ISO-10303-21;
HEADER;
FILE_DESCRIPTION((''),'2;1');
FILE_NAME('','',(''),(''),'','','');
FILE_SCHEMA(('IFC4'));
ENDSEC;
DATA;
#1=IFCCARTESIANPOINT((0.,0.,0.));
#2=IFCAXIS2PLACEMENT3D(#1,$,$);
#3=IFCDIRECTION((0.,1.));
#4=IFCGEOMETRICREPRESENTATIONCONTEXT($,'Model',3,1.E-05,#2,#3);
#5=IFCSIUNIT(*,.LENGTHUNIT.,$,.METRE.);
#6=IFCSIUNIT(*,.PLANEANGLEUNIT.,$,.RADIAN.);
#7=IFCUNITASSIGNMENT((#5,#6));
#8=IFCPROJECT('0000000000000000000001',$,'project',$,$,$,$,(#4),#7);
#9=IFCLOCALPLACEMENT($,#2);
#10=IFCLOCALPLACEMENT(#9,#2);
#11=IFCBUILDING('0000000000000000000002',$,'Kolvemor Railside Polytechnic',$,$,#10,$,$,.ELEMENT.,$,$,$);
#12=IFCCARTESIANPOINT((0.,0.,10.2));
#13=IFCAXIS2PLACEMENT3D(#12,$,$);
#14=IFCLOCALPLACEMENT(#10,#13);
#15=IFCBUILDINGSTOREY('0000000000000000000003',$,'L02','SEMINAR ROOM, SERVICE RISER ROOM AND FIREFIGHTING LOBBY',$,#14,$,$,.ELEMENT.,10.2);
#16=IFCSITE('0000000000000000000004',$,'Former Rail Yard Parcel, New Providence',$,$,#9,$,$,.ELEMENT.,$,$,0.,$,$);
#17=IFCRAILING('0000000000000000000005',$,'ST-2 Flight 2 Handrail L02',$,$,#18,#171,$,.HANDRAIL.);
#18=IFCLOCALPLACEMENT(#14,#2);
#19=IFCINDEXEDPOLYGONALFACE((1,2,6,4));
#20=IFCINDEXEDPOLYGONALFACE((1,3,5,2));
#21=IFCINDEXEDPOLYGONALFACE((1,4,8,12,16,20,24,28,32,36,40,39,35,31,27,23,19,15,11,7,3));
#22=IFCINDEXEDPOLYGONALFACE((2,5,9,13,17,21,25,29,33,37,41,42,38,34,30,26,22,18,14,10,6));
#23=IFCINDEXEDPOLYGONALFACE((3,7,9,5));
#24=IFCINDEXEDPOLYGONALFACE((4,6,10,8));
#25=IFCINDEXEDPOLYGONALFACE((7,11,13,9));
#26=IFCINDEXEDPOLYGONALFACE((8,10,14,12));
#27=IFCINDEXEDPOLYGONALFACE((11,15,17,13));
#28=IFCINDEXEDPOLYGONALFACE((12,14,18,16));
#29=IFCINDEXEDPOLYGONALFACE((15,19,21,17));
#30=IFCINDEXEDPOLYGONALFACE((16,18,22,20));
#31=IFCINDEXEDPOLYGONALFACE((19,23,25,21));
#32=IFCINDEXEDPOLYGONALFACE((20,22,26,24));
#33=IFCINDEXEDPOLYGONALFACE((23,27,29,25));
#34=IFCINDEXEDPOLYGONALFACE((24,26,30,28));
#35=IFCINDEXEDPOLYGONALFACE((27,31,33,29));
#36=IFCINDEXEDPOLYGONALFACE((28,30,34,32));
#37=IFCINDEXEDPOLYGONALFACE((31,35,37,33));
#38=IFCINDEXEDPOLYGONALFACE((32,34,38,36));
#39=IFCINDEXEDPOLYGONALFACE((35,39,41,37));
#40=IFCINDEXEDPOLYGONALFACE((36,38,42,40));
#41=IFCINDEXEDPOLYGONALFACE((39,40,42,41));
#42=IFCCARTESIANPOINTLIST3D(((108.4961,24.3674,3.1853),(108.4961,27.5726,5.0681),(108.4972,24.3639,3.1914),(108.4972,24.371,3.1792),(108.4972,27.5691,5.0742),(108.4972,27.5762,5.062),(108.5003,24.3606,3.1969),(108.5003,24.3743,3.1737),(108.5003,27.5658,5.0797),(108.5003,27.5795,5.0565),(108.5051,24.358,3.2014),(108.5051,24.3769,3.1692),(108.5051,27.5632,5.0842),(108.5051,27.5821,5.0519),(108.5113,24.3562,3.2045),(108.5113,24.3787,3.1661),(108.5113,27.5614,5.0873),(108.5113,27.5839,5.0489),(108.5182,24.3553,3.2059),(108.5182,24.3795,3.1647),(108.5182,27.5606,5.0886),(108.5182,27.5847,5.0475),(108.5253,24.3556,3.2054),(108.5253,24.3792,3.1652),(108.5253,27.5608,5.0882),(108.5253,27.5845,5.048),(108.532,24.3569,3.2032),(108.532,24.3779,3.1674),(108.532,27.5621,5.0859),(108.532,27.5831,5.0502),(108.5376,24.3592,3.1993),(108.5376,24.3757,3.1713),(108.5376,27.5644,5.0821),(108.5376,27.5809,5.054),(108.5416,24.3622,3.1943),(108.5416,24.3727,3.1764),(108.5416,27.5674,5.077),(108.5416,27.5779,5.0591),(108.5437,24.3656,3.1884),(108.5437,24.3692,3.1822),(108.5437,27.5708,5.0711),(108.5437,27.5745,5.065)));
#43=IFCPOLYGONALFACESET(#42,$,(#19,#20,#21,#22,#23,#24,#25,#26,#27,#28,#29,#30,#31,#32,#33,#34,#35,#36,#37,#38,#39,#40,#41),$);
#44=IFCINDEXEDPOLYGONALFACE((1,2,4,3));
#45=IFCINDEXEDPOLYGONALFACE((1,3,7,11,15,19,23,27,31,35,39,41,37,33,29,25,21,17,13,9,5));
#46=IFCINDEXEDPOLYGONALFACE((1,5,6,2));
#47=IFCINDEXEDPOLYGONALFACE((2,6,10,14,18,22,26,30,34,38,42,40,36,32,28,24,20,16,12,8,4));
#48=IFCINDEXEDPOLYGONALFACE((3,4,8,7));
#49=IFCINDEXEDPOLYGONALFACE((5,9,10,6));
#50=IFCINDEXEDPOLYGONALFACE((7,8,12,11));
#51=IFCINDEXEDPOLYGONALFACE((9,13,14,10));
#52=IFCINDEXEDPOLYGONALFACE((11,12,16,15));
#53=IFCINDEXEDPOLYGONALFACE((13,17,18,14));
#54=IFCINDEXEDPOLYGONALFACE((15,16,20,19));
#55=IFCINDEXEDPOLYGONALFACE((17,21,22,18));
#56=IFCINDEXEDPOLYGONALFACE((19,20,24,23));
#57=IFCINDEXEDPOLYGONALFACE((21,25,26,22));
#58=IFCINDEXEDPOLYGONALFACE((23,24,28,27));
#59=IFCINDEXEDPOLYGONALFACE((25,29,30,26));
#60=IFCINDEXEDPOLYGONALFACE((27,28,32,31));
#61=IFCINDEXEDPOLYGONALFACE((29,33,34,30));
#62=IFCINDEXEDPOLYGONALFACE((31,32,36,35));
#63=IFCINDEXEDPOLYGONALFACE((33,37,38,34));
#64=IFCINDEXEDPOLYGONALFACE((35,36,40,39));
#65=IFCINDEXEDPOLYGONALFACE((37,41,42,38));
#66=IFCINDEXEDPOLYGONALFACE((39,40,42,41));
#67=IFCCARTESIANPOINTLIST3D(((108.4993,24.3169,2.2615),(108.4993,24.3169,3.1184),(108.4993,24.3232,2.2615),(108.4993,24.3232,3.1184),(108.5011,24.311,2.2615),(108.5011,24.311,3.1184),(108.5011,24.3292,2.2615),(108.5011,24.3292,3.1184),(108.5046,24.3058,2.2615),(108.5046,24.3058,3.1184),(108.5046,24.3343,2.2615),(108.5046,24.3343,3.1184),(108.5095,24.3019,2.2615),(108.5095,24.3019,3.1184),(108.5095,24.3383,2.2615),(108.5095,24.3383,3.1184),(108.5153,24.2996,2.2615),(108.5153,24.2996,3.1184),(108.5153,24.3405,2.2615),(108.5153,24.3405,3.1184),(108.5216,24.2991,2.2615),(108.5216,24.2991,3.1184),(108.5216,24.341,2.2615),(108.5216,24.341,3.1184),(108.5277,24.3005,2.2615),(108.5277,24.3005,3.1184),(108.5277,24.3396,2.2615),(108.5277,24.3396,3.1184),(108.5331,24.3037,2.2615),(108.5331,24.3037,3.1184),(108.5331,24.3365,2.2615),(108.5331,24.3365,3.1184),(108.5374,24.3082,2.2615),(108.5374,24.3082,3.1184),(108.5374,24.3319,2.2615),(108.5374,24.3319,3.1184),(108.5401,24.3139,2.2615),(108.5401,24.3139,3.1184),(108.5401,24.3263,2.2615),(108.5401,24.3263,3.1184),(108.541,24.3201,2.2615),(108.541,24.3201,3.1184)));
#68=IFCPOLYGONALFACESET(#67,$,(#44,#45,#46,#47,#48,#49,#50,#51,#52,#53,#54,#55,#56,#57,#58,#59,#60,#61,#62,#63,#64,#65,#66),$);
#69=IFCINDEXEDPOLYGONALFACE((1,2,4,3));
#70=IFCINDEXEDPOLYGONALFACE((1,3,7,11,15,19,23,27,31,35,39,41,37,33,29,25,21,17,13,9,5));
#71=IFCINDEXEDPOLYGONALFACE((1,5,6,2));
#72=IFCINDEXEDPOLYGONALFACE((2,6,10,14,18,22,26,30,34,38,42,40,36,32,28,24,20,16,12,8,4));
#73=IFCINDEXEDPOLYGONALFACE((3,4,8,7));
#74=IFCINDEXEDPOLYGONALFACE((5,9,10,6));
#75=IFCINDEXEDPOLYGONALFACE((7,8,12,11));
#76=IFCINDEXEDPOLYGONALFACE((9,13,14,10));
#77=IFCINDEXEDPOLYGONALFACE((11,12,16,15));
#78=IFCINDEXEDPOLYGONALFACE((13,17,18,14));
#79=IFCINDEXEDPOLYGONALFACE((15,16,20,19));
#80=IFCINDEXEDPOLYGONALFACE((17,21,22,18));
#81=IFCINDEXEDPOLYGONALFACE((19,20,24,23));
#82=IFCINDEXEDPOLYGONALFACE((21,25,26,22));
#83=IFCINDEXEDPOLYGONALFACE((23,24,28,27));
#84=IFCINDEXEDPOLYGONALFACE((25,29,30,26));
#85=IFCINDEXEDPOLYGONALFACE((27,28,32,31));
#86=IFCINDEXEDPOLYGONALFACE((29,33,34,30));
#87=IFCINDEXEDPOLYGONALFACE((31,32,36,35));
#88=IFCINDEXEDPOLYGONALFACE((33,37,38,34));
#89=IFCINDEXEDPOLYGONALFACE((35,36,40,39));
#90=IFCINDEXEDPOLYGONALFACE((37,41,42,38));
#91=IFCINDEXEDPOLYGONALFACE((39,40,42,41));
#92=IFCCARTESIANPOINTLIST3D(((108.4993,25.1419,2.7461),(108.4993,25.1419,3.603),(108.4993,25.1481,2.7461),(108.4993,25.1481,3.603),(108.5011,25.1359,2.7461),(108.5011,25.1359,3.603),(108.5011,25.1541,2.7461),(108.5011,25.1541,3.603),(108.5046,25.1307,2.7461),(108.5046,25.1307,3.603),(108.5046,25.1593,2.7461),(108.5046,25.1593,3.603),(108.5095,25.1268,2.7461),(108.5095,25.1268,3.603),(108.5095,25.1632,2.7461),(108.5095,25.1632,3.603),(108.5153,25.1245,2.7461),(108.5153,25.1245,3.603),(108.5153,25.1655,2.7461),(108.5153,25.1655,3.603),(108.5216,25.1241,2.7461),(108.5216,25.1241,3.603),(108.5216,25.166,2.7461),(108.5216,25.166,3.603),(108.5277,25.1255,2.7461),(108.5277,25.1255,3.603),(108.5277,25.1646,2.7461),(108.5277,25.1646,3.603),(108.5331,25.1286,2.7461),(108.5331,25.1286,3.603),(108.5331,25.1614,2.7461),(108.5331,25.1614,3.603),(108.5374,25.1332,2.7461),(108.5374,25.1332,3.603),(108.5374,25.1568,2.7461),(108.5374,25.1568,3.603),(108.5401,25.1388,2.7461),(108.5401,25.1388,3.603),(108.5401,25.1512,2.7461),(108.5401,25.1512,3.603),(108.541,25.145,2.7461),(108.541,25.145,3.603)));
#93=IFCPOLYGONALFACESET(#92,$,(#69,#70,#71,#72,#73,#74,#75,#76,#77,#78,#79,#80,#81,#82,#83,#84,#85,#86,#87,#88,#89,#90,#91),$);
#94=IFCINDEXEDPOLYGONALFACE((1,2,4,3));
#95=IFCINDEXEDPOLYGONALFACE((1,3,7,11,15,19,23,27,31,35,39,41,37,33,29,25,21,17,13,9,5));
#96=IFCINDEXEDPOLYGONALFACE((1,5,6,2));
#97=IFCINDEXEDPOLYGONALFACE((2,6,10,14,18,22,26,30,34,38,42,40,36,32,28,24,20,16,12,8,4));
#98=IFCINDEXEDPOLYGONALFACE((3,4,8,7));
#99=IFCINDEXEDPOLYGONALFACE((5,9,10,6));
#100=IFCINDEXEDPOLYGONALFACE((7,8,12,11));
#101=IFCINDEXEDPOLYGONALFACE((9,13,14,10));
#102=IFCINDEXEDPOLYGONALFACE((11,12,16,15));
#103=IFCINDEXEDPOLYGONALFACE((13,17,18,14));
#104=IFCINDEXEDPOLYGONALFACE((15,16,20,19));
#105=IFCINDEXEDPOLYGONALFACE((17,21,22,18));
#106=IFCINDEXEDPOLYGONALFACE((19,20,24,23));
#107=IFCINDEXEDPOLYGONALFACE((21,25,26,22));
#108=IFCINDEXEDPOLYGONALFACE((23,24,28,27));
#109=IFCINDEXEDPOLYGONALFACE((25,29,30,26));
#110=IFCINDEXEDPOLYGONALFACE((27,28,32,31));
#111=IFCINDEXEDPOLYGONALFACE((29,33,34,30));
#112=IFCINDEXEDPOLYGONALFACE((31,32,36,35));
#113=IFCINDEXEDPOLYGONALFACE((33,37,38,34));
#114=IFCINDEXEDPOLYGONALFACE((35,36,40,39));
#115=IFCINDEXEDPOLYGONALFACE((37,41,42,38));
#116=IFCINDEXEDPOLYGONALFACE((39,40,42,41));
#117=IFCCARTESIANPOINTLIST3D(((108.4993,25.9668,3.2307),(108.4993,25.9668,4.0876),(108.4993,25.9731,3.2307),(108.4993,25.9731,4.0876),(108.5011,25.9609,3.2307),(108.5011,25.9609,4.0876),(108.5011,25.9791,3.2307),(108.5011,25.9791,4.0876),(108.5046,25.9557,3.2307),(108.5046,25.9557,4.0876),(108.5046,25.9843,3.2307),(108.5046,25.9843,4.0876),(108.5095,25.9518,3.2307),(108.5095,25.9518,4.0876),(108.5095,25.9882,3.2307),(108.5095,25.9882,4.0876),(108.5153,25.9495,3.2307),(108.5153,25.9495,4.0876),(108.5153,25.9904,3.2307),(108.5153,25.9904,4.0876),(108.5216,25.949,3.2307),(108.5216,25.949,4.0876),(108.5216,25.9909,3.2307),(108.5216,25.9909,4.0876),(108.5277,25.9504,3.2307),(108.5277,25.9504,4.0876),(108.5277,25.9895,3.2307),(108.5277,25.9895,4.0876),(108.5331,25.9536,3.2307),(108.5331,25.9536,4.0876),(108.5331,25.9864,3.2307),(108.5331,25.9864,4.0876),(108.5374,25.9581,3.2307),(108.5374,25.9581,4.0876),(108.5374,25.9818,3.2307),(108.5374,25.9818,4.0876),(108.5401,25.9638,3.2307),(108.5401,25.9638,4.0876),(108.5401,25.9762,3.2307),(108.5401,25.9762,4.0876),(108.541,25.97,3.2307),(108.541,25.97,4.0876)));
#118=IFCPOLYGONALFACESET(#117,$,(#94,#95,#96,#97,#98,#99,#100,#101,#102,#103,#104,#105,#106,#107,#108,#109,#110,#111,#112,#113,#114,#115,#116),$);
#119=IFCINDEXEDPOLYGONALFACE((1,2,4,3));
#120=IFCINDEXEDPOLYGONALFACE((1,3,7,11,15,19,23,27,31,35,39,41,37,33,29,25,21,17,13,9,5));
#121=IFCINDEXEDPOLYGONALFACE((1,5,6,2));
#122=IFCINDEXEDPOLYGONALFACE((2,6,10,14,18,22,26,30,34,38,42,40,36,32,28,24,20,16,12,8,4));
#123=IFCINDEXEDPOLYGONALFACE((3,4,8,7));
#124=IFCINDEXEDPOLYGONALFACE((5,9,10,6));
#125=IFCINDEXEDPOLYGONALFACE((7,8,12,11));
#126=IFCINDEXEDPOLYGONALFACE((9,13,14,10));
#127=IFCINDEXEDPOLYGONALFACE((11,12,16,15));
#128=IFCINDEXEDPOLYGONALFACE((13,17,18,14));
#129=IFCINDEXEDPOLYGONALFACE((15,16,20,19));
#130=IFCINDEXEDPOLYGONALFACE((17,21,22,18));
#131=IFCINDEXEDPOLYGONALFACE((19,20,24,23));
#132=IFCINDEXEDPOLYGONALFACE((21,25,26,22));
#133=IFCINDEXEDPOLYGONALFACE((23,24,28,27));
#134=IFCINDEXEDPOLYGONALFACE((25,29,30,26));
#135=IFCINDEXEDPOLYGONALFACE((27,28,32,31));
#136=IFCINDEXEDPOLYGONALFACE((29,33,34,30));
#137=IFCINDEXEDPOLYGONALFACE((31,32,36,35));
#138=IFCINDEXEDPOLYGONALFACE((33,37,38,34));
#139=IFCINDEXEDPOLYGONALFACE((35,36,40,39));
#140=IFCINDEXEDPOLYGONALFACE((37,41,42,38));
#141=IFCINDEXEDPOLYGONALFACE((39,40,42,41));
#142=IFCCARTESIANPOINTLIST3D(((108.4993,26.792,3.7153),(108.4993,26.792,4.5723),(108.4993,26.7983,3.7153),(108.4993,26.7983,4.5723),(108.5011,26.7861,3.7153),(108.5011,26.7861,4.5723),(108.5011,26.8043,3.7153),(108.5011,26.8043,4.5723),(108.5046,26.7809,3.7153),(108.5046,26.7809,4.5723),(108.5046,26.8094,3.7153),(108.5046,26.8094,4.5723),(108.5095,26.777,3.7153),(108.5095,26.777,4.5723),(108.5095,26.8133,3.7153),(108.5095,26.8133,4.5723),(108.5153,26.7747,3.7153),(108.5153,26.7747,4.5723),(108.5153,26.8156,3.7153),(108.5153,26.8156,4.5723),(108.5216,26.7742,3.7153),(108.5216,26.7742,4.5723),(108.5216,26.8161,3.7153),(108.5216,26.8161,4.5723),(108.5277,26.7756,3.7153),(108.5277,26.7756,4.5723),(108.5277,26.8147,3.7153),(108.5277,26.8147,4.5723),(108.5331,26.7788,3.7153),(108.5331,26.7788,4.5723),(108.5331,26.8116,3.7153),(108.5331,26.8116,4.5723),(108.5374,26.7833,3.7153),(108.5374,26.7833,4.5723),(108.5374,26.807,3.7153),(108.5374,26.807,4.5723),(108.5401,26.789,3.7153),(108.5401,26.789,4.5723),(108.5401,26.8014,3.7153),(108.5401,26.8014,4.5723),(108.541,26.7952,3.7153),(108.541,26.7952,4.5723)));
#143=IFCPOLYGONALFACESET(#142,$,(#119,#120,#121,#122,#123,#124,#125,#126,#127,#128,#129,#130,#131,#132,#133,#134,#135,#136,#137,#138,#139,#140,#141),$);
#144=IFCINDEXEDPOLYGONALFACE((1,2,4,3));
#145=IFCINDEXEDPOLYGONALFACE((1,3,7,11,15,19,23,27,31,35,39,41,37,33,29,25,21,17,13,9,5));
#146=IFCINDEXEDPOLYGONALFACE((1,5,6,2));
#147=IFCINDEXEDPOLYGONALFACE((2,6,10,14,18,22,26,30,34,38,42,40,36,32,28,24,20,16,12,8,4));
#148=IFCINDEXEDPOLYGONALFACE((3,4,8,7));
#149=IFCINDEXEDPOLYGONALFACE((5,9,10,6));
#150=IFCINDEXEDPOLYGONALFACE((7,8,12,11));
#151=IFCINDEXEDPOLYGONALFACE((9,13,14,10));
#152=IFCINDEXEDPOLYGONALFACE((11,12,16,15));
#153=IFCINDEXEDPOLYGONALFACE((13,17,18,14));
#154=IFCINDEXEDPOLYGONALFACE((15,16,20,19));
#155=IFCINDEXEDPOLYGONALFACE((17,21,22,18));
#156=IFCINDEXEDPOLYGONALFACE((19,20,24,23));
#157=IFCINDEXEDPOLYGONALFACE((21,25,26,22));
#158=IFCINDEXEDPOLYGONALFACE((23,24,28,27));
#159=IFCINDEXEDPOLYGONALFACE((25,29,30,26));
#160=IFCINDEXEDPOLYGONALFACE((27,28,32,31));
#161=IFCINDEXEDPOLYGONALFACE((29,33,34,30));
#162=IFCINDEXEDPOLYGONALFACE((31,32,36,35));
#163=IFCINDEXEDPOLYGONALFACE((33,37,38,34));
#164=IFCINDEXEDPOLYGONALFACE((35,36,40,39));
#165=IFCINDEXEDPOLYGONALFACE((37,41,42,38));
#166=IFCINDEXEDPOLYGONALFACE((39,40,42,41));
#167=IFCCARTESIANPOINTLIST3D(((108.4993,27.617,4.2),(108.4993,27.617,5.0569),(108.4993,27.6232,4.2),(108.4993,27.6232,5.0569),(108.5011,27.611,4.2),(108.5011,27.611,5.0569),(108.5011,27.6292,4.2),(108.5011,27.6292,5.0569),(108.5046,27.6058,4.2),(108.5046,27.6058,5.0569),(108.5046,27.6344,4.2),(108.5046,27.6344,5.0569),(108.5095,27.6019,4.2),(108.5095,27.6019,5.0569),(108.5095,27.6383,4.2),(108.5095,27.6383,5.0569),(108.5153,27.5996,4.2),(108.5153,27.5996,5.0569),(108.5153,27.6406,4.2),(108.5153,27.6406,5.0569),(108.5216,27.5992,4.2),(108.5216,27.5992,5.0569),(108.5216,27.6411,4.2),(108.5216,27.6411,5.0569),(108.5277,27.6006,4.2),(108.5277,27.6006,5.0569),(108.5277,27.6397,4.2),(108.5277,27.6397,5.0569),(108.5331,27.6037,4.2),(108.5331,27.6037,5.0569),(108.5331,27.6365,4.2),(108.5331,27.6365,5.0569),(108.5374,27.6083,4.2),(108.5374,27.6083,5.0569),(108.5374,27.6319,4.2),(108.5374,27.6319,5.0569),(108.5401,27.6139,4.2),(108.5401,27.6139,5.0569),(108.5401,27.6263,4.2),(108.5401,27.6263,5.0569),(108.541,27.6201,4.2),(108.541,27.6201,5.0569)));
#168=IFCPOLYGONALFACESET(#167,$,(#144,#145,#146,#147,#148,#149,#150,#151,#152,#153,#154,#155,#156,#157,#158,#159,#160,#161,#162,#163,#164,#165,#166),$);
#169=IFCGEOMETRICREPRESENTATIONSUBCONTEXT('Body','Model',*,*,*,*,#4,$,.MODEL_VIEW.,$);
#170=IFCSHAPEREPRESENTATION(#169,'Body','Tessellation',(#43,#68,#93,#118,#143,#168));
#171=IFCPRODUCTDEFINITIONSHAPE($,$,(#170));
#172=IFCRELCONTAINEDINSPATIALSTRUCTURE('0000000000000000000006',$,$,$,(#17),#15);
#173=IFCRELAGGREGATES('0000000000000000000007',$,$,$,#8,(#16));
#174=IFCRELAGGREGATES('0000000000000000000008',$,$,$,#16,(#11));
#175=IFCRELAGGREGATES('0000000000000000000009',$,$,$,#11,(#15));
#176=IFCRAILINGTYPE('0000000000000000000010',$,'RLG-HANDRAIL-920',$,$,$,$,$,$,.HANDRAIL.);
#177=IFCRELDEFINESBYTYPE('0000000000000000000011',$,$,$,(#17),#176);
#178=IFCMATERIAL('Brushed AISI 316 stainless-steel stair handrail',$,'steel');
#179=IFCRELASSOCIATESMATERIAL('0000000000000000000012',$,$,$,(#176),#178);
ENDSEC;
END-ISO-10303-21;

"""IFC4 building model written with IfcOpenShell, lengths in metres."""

from ifc_helpers import new_model, si_unit, direction, frame, origin, origin_2d, place, context, subcontext, project, spatial, circle, extrude, material, type_object, element, save


model = new_model("IFC4")

# Units and contexts
model_context = context("Model", 3, precision=1e-05, world=origin(), true_north=direction((0.0, 1.0)))
body_context = subcontext(model_context, "Body", "Model", "MODEL_VIEW")
ifc_project = project(units=[si_unit("LENGTHUNIT", "METRE"), si_unit("PLANEANGLEUNIT", "RADIAN")], contexts=[model_context])

# Site, building, storey
site_placement = place(None, origin())
site = spatial("IfcSite", under=ifc_project, at=site_placement, Name="Former Rail Yard Parcel, New Providence", CompositionType="ELEMENT", RefElevation=0.0)
building_placement = place(site_placement, origin())
building = spatial("IfcBuilding", under=site, at=building_placement, Name="Kolvemor Railside Polytechnic", CompositionType="ELEMENT")
storey_placement = place(building_placement, frame((0.0, 0.0, 10.2)))
storey = spatial("IfcBuildingStorey", under=building, at=storey_placement, Name="L02", Description="SEMINAR ROOM, SERVICE RISER ROOM AND FIREFIGHTING LOBBY", CompositionType="ELEMENT", Elevation=10.2)

# Railing
ifc_material_1 = material(Name="Brushed AISI 316 stainless-steel stair handrail", Category="steel")
railing_type_1 = type_object("IfcRailingType", Name="RLG-HANDRAIL-920", PredefinedType="HANDRAIL", material=ifc_material_1)
railing_1_placement = place(storey_placement, frame((108.52, 24.3201, 2.2615)))
element("IfcRailing", 1, at=railing_1_placement, inside=storey, type_object=railing_type_1, Name="ST-2 Flight 2 Handrail L02", PredefinedType="HANDRAIL", context=body_context, shape_type="SweptSolid", body=[
    extrude(circle(Radius=0.0239, at=origin_2d()), frame((0.0, 0.0474, 0.9238), z_axis=(0.0, 0.862246, 0.50649), x_axis=(-1.0, 0.0, 0.0)), (0.0, 0.0, 1.0), 3.7173),
    extrude(circle(Radius=0.021, at=origin_2d()), origin(), (0.0, 0.0, 1.0), 0.8569),
    extrude(circle(Radius=0.021, at=origin_2d()), frame((0.0, 0.825, 0.4846)), (0.0, 0.0, 1.0), 0.8569),
    extrude(circle(Radius=0.021, at=origin_2d()), frame((0.0, 1.6499, 0.9692)), (0.0, 0.0, 1.0), 0.8569),
    extrude(circle(Radius=0.021, at=origin_2d()), frame((0.0, 2.4751, 1.4539)), (0.0, 0.0, 1.0), 0.8569),
    extrude(circle(Radius=0.021, at=origin_2d()), frame((0.0, 3.3, 1.9385)), (0.0, 0.0, 1.0), 0.8569),
])

save(model, "model.ifc")
